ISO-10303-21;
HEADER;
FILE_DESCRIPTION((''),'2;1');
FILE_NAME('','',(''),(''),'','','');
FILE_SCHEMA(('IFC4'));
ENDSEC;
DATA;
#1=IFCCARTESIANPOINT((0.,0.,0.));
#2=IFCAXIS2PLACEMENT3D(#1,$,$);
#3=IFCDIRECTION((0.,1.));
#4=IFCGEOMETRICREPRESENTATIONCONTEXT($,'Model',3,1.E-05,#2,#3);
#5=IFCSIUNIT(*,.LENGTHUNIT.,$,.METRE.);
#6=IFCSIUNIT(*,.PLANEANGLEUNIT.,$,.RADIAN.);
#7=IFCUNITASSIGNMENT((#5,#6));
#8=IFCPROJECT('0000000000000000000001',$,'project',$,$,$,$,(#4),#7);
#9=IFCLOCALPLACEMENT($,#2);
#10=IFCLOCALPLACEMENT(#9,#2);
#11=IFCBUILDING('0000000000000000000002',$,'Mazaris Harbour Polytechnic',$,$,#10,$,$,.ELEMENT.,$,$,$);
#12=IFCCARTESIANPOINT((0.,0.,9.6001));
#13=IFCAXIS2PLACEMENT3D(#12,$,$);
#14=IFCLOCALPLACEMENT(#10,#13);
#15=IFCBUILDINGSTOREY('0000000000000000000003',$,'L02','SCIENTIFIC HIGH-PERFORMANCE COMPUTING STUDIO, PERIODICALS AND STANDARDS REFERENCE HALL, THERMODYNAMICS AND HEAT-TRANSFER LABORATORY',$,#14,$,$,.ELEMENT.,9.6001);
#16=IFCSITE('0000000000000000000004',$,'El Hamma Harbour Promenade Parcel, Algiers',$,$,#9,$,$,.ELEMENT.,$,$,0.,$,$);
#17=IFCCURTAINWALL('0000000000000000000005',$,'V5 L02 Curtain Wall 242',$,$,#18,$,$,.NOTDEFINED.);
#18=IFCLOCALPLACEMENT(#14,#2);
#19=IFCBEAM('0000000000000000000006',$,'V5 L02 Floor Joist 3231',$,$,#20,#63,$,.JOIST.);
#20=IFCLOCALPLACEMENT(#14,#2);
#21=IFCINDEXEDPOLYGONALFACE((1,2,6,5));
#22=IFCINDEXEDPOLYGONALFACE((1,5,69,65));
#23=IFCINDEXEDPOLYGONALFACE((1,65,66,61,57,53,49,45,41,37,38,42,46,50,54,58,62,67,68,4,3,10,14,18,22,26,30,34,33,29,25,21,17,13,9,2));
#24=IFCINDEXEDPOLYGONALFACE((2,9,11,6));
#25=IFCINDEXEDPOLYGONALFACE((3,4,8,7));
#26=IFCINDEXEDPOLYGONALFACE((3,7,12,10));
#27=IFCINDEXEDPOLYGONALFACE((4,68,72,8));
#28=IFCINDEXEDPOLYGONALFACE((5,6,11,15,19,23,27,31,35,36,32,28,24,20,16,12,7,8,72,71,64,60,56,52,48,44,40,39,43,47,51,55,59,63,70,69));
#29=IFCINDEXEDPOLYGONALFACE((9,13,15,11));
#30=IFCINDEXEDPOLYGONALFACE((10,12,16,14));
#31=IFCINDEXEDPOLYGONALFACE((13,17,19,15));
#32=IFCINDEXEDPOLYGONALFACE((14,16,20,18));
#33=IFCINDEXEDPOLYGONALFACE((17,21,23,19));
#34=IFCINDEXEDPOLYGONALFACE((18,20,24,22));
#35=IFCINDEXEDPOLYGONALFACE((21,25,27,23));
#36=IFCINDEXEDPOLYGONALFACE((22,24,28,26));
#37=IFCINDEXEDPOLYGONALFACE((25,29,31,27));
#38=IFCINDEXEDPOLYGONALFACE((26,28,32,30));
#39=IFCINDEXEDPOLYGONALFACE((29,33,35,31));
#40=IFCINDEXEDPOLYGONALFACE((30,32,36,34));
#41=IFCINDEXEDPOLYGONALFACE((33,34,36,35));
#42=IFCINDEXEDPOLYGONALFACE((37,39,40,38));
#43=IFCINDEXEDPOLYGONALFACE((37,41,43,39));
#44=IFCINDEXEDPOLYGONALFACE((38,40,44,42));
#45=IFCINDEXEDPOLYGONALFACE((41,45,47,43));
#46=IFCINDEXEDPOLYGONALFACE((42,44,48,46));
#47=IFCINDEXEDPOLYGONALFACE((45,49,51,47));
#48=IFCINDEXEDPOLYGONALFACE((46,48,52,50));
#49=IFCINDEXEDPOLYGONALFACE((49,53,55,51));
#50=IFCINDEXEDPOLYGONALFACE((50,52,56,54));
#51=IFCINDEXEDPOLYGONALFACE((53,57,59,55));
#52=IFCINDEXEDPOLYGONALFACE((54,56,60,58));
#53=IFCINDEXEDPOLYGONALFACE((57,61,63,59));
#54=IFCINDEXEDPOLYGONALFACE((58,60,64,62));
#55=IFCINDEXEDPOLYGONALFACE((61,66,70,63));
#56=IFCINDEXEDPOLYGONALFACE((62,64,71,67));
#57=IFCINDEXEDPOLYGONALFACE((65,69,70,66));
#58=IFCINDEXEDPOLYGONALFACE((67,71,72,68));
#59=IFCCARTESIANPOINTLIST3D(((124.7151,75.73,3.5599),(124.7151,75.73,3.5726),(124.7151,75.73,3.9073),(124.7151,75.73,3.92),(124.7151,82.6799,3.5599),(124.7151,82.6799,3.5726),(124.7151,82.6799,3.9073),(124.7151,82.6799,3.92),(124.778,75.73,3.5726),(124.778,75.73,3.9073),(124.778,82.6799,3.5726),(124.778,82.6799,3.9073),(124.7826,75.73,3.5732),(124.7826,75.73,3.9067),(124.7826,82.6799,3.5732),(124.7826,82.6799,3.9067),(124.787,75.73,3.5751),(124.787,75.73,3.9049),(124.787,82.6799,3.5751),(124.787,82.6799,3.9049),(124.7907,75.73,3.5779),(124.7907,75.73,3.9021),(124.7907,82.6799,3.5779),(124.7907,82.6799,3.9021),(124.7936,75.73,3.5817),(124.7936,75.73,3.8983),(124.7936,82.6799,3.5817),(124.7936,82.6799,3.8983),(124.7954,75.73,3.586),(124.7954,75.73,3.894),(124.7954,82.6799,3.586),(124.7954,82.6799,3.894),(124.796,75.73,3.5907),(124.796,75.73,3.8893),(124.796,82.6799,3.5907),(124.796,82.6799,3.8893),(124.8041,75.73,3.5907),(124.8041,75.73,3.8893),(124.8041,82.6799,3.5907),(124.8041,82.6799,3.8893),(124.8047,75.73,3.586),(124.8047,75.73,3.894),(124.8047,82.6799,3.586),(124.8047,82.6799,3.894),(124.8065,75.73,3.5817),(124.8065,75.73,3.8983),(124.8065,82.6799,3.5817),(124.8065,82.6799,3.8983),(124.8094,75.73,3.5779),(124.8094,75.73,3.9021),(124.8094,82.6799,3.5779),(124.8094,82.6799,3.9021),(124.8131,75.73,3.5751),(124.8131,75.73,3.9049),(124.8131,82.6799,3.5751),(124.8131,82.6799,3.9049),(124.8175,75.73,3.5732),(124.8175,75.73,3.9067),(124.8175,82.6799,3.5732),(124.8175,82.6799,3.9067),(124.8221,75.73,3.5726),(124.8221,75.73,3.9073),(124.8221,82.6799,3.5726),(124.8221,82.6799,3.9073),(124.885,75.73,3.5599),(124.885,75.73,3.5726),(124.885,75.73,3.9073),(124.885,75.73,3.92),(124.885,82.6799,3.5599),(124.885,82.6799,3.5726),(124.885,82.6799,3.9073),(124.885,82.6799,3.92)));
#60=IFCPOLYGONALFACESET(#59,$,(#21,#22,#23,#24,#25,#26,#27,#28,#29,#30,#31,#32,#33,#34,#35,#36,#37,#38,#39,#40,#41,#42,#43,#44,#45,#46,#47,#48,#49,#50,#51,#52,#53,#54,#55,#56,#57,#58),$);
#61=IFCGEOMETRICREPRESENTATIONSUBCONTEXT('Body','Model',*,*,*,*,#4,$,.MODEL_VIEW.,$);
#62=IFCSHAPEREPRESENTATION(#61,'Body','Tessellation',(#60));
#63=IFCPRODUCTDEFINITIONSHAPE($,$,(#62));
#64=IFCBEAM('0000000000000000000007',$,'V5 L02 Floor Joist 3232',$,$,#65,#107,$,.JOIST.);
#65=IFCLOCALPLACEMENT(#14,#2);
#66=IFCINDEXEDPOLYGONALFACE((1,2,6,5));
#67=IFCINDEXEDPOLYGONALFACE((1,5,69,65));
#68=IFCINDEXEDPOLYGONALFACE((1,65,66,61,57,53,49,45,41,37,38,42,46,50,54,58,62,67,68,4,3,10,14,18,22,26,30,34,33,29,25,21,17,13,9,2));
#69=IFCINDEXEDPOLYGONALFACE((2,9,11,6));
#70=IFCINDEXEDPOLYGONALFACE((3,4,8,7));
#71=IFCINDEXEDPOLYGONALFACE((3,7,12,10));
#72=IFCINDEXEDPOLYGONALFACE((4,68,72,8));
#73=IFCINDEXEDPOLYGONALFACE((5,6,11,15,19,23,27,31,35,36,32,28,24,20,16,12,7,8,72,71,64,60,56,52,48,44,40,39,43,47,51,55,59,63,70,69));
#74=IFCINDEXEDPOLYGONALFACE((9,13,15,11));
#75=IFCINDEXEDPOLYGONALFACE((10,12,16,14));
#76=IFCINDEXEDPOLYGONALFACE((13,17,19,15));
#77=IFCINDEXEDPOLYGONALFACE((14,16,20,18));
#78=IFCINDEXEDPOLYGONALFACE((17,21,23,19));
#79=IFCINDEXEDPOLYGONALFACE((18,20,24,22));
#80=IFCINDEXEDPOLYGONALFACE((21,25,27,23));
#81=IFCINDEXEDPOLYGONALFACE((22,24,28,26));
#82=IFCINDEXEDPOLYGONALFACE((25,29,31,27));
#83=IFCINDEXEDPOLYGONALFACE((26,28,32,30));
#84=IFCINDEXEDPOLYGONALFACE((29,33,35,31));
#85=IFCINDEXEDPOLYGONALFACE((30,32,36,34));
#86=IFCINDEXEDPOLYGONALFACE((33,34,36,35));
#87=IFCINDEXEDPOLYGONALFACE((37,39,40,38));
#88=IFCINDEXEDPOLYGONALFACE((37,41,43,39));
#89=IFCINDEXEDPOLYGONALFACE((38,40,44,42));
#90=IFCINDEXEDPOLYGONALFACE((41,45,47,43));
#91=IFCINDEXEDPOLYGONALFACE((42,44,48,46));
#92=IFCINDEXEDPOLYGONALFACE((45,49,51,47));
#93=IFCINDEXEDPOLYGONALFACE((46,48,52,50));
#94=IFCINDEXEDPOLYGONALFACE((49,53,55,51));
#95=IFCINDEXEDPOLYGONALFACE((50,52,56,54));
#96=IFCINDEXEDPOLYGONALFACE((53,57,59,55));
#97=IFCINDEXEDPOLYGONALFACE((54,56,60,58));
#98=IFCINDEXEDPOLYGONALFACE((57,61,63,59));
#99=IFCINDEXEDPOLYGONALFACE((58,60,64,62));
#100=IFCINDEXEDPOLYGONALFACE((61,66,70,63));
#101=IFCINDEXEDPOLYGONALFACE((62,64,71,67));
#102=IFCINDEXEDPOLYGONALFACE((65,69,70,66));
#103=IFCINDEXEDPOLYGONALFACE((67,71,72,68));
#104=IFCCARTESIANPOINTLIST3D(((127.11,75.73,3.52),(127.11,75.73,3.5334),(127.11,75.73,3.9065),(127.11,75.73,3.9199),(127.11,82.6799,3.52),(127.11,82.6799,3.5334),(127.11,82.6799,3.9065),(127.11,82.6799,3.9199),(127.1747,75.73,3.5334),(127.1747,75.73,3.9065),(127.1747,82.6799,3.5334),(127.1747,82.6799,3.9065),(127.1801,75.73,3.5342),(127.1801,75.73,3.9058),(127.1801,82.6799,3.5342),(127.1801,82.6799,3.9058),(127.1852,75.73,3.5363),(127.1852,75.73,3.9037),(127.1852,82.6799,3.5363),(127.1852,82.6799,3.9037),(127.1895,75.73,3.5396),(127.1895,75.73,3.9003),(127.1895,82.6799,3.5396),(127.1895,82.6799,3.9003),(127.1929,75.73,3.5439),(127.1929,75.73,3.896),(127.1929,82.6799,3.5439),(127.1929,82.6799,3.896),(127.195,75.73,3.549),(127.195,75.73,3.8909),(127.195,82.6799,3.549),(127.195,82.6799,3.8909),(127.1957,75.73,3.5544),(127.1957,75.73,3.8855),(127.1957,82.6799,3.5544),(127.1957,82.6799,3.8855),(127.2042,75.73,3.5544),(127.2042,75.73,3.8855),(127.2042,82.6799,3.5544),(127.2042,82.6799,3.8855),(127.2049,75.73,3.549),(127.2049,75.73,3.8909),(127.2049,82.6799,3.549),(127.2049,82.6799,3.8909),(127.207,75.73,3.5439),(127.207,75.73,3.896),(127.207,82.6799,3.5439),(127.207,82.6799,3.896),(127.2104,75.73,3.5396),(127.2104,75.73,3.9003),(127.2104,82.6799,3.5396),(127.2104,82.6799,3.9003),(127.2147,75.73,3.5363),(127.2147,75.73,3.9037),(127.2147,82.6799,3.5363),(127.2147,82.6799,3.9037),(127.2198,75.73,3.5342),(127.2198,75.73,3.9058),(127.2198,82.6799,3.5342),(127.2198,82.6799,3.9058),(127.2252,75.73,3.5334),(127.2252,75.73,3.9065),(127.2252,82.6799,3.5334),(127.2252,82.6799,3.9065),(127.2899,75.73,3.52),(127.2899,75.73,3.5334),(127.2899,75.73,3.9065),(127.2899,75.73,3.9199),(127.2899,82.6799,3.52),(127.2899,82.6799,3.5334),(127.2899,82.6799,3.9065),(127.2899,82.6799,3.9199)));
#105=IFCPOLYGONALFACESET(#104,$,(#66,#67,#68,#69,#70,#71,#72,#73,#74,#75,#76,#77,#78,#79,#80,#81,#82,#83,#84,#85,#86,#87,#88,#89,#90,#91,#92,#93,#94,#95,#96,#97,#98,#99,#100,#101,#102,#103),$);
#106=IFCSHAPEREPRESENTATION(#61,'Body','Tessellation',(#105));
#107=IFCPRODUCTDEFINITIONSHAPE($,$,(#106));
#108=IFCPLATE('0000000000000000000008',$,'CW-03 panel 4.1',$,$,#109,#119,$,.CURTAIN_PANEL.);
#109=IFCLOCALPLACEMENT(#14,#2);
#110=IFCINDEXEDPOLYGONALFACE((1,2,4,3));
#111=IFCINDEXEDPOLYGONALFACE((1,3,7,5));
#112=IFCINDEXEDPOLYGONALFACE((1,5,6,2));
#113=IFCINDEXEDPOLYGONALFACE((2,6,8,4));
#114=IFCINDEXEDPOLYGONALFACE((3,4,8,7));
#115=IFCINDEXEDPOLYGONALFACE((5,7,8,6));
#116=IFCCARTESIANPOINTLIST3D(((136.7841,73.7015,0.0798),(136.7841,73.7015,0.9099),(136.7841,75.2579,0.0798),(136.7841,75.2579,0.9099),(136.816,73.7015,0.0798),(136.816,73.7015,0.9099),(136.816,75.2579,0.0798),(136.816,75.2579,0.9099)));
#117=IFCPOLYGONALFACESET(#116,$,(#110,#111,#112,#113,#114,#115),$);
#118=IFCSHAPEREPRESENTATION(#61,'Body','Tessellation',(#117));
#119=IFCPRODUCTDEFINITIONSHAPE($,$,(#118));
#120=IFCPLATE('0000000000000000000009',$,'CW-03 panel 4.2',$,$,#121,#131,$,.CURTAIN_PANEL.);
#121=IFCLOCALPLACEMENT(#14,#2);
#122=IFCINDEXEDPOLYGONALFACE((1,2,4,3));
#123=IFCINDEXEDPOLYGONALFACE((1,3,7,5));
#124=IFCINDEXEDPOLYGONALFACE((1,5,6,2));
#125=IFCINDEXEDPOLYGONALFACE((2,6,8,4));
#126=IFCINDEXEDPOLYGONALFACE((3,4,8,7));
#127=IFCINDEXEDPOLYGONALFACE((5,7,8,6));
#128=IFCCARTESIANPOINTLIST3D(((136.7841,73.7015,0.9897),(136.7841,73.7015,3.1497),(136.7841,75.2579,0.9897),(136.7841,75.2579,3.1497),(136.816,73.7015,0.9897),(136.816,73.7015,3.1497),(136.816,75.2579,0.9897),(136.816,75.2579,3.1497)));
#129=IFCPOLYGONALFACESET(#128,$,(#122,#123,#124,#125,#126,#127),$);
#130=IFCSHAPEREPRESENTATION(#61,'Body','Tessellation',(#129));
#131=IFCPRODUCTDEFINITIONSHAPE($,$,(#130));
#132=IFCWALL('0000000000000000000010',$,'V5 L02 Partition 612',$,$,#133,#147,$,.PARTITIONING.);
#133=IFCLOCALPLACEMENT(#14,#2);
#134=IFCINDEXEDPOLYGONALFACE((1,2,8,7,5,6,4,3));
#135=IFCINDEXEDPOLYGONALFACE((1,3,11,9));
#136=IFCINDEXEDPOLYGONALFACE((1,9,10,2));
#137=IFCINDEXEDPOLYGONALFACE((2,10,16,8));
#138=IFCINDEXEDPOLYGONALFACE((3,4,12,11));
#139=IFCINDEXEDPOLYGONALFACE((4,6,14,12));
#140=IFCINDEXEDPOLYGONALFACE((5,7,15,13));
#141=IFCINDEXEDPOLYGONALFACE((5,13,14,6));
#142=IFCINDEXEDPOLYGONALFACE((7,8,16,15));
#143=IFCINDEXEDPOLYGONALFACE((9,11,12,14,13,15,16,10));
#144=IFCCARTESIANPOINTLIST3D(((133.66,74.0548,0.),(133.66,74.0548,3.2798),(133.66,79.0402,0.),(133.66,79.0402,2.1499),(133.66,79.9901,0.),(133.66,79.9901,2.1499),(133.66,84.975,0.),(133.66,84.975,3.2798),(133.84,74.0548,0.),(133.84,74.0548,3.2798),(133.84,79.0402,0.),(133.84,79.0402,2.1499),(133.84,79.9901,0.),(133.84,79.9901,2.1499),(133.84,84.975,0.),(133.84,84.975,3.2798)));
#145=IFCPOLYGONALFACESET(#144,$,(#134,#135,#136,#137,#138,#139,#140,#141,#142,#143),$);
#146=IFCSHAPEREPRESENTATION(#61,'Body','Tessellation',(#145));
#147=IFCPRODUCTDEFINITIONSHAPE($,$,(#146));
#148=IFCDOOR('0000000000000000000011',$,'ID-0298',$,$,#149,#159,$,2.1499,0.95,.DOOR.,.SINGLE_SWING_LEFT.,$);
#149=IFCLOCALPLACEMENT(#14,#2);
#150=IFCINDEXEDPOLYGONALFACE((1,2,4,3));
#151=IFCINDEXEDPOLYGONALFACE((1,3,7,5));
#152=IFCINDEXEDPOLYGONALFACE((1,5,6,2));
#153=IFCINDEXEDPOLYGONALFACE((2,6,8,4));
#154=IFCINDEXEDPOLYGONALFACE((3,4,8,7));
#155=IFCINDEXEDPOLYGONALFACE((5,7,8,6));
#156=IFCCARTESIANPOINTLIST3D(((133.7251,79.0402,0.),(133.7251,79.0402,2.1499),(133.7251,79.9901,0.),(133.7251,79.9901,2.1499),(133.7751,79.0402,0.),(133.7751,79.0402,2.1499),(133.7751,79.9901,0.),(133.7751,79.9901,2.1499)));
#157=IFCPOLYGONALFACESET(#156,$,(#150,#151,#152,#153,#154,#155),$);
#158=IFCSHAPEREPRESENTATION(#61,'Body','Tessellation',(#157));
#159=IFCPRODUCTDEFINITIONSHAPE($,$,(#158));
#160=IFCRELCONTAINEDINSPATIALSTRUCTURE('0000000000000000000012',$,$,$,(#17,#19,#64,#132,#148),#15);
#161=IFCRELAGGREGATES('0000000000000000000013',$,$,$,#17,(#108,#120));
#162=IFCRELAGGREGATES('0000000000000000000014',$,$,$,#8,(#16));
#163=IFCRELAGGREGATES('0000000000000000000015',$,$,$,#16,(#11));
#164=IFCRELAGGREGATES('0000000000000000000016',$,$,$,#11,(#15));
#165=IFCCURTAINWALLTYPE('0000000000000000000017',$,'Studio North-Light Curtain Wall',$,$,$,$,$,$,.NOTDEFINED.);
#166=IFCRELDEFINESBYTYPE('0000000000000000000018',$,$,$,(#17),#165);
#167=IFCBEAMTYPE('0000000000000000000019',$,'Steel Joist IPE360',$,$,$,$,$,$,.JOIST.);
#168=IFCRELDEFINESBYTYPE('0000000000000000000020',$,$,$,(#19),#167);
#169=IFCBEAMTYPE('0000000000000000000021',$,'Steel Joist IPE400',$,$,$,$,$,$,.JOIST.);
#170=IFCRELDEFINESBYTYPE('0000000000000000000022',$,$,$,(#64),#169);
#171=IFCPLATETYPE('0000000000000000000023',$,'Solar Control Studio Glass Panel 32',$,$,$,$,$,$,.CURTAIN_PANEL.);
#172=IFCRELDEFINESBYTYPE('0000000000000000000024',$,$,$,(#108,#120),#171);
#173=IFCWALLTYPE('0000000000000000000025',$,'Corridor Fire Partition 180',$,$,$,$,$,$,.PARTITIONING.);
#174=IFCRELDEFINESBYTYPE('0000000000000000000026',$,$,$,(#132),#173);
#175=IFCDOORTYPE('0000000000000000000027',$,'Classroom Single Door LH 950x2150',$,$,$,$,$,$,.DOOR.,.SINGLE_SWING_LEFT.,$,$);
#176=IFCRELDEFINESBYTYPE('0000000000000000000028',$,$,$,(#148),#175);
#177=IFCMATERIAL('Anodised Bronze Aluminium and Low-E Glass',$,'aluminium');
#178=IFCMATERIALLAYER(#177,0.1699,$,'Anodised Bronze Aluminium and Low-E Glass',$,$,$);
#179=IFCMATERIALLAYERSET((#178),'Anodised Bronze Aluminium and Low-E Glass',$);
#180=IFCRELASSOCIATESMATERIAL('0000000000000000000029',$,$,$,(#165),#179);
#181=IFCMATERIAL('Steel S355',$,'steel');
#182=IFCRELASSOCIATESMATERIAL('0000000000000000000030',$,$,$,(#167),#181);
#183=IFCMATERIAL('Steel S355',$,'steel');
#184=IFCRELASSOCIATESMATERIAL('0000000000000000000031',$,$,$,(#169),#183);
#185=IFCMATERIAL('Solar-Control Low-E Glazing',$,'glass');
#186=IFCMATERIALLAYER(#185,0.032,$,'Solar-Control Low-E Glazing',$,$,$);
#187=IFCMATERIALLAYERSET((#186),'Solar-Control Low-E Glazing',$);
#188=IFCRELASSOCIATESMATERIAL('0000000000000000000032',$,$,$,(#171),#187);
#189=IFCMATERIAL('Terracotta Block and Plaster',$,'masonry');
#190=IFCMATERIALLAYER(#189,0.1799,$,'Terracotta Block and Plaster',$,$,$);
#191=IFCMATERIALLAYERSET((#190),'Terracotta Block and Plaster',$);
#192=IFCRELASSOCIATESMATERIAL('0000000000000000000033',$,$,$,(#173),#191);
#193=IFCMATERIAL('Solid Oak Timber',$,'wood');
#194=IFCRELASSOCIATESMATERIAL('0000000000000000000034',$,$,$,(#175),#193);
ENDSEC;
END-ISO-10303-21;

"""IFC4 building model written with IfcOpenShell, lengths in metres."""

from ifc_helpers import new_model, si_unit, direction, frame, frame_2d, origin, origin_2d, place, context, subcontext, project, spatial, rectangle, i_section, extrude, material, layer, layer_set, material_profile, profile_set, type_object, element, fill, aggregate, save


model = new_model("IFC4")

# Units and contexts
model_context = context("Model", 3, precision=1e-05, world=origin(), true_north=direction((0.0, 1.0)))
body_context = subcontext(model_context, "Body", "Model", "MODEL_VIEW")
ifc_project = project(units=[si_unit("LENGTHUNIT", "METRE"), si_unit("PLANEANGLEUNIT", "RADIAN")], contexts=[model_context])

# Site, building, storey
site_placement = place(None, origin())
site = spatial("IfcSite", under=ifc_project, at=site_placement, Name="El Hamma Harbour Promenade Parcel, Algiers", CompositionType="ELEMENT", RefElevation=0.0)
building_placement = place(site_placement, origin())
building = spatial("IfcBuilding", under=site, at=building_placement, Name="Mazaris Harbour Polytechnic", CompositionType="ELEMENT")
storey_placement = place(building_placement, frame((0.0, 0.0, 9.6001)))
storey = spatial("IfcBuildingStorey", under=building, at=storey_placement, Name="L02", Description="SCIENTIFIC HIGH-PERFORMANCE COMPUTING STUDIO, PERIODICALS AND STANDARDS REFERENCE HALL, THERMODYNAMICS AND HEAT-TRANSFER LABORATORY", CompositionType="ELEMENT", Elevation=9.6001)

# Curtain wall
ifc_material_1 = material(Name="Anodised Bronze Aluminium and Low-E Glass", Category="aluminium")
ifc_layer_1 = layer(ifc_material_1, 0.1699, Name="Anodised Bronze Aluminium and Low-E Glass")
ifc_layer_set_1 = layer_set([ifc_layer_1], Name="Anodised Bronze Aluminium and Low-E Glass")
curtain_wall_type = type_object("IfcCurtainWallType", Name="Studio North-Light Curtain Wall", PredefinedType="NOTDEFINED", material=ifc_layer_set_1)
curtain_wall_placement = place(storey_placement, origin())
curtain_wall = element("IfcCurtainWall", 1, at=curtain_wall_placement, inside=storey, type_object=curtain_wall_type, Name="V5 L02 Curtain Wall 242", PredefinedType="NOTDEFINED")

# Beams
ifc_material_2 = material(Name="Steel S355", Category="steel")
ifc_material_profile_1 = material_profile(ifc_material_2, i_section(OverallWidth=0.1699, OverallDepth=0.3601, WebThickness=0.0081, FlangeThickness=0.0127, FilletRadius=0.0181, at=origin_2d()), Name="IPE 360")
ifc_profile_set_1 = profile_set([ifc_material_profile_1], Name="Steel S355")
beam_type_1 = type_object("IfcBeamType", Name="Steel Joist IPE360", PredefinedType="JOIST", material=ifc_profile_set_1)
beam_1_placement = place(storey_placement, frame((124.8, 75.73, 3.74), z_axis=(0.0, 1.0, 0.0), x_axis=(-1.0, 0.0, 0.0)))
element("IfcBeam", 2, at=beam_1_placement, inside=storey, type_object=beam_type_1, Name="V5 L02 Floor Joist 3231", PredefinedType="JOIST", context=body_context, shape_type="SweptSolid", body=[
    extrude(i_section(OverallWidth=0.1699, OverallDepth=0.3601, WebThickness=0.0081, FlangeThickness=0.0127, FilletRadius=0.0181, at=origin_2d()), origin(), (0.0, 0.0, 1.0), 6.95),
])
ifc_material_3 = material(Name="Steel S355", Category="steel")
ifc_material_profile_2 = material_profile(ifc_material_3, i_section(OverallWidth=0.1799, OverallDepth=0.3999, WebThickness=0.0085, FlangeThickness=0.0134, FilletRadius=0.021, at=origin_2d()), Name="IPE 400")
ifc_profile_set_2 = profile_set([ifc_material_profile_2], Name="Steel S355")
beam_type_2 = type_object("IfcBeamType", Name="Steel Joist IPE400", PredefinedType="JOIST", material=ifc_profile_set_2)
beam_2_placement = place(storey_placement, frame((127.2, 75.73, 3.72), z_axis=(0.0, 1.0, 0.0), x_axis=(-1.0, 0.0, 0.0)))
element("IfcBeam", 3, at=beam_2_placement, inside=storey, type_object=beam_type_2, Name="V5 L02 Floor Joist 3232", PredefinedType="JOIST", context=body_context, shape_type="SweptSolid", body=[
    extrude(i_section(OverallWidth=0.1799, OverallDepth=0.3999, WebThickness=0.0085, FlangeThickness=0.0134, FilletRadius=0.021, at=origin_2d()), origin(), (0.0, 0.0, 1.0), 6.95),
])

# Plates
ifc_material_4 = material(Name="Solar-Control Low-E Glazing", Category="glass")
ifc_layer_2 = layer(ifc_material_4, 0.032, Name="Solar-Control Low-E Glazing")
ifc_layer_set_2 = layer_set([ifc_layer_2], Name="Solar-Control Low-E Glazing")
plate_type = type_object("IfcPlateType", Name="Solar Control Studio Glass Panel 32", PredefinedType="CURTAIN_PANEL", material=ifc_layer_set_2)
plate_1_placement = place(storey_placement, frame((136.8, 74.4797, 0.0798), z_axis=(0.0, 0.0, 1.0), x_axis=(0.0, 1.0, 0.0)))
plate_1 = element("IfcPlate", 4, at=plate_1_placement, type_object=plate_type, Name="CW-03 panel 4.1", PredefinedType="CURTAIN_PANEL", context=body_context, shape_type="SweptSolid", body=[
    extrude(rectangle(XDim=1.5564, YDim=0.032, at=origin_2d()), origin(), (0.0, 0.0, 1.0), 0.8301),
])
plate_2_placement = place(storey_placement, frame((136.8, 74.4797, 0.9897), z_axis=(0.0, 0.0, 1.0), x_axis=(0.0, 1.0, 0.0)))
plate_2 = element("IfcPlate", 5, at=plate_2_placement, type_object=plate_type, Name="CW-03 panel 4.2", PredefinedType="CURTAIN_PANEL", context=body_context, shape_type="SweptSolid", body=[
    extrude(rectangle(XDim=1.5564, YDim=0.032, at=origin_2d()), origin(), (0.0, 0.0, 1.0), 2.1599),
])
aggregate(curtain_wall, [plate_1, plate_2])

# Wall, opening, door
ifc_material_5 = material(Name="Terracotta Block and Plaster", Category="masonry")
ifc_layer_3 = layer(ifc_material_5, 0.1799, Name="Terracotta Block and Plaster")
ifc_layer_set_3 = layer_set([ifc_layer_3], Name="Terracotta Block and Plaster")
wall_type_1 = type_object("IfcWallType", Name="Corridor Fire Partition 180", PredefinedType="PARTITIONING", material=ifc_layer_set_3)
wall_1_placement = place(storey_placement, frame((133.75, 74.0549, 0.0), z_axis=(0.0, 0.0, 1.0), x_axis=(0.0, 1.0, 0.0)))
wall_1 = element("IfcWall", 6, at=wall_1_placement, inside=storey, type_object=wall_type_1, Name="V5 L02 Partition 612", PredefinedType="PARTITIONING", context=body_context, shape_type="SweptSolid", body=[
    extrude(rectangle(XDim=10.9202, YDim=0.1799, at=frame_2d((5.46, 0.0))), origin(), (0.0, 0.0, 1.0), 3.2798),
])
opening_1_placement = place(wall_1_placement, frame((4.9851, 0.0, 0.0)))
opening_1 = element("IfcOpeningElement", 7, at=opening_1_placement, cuts=wall_1, PredefinedType="OPENING", context=body_context, shape_type="SweptSolid", body=[
    extrude(rectangle(XDim=0.95, YDim=2.1499, at=frame_2d((0.4751, 1.075))), frame((0.0, 0.0999, 0.0), z_axis=(0.0, -1.0, 0.0), x_axis=(1.0, 0.0, 0.0)), (0.0, 0.0, 1.0), 0.2),
])
ifc_material_6 = material(Name="Solid Oak Timber", Category="wood")
door_type_1 = type_object("IfcDoorType", Name="Classroom Single Door LH 950x2150", OperationType="SINGLE_SWING_LEFT", PredefinedType="DOOR", material=ifc_material_6)
door_1_placement = place(opening_1_placement, origin())
door_1 = element("IfcDoor", 8, at=door_1_placement, inside=storey, type_object=door_type_1, Name="ID-0298", OperationType="SINGLE_SWING_LEFT", OverallHeight=2.1499, OverallWidth=0.95, PredefinedType="DOOR", context=body_context, shape_type="SweptSolid", body=[
    extrude(rectangle(XDim=0.95, YDim=2.1499, at=frame_2d((0.4751, 1.075))), frame((0.0, 0.0249, 0.0), z_axis=(0.0, -1.0, 0.0), x_axis=(1.0, 0.0, 0.0)), (0.0, 0.0, 1.0), 0.05),
])
fill(opening_1, door_1)

save(model, "model.ifc")
